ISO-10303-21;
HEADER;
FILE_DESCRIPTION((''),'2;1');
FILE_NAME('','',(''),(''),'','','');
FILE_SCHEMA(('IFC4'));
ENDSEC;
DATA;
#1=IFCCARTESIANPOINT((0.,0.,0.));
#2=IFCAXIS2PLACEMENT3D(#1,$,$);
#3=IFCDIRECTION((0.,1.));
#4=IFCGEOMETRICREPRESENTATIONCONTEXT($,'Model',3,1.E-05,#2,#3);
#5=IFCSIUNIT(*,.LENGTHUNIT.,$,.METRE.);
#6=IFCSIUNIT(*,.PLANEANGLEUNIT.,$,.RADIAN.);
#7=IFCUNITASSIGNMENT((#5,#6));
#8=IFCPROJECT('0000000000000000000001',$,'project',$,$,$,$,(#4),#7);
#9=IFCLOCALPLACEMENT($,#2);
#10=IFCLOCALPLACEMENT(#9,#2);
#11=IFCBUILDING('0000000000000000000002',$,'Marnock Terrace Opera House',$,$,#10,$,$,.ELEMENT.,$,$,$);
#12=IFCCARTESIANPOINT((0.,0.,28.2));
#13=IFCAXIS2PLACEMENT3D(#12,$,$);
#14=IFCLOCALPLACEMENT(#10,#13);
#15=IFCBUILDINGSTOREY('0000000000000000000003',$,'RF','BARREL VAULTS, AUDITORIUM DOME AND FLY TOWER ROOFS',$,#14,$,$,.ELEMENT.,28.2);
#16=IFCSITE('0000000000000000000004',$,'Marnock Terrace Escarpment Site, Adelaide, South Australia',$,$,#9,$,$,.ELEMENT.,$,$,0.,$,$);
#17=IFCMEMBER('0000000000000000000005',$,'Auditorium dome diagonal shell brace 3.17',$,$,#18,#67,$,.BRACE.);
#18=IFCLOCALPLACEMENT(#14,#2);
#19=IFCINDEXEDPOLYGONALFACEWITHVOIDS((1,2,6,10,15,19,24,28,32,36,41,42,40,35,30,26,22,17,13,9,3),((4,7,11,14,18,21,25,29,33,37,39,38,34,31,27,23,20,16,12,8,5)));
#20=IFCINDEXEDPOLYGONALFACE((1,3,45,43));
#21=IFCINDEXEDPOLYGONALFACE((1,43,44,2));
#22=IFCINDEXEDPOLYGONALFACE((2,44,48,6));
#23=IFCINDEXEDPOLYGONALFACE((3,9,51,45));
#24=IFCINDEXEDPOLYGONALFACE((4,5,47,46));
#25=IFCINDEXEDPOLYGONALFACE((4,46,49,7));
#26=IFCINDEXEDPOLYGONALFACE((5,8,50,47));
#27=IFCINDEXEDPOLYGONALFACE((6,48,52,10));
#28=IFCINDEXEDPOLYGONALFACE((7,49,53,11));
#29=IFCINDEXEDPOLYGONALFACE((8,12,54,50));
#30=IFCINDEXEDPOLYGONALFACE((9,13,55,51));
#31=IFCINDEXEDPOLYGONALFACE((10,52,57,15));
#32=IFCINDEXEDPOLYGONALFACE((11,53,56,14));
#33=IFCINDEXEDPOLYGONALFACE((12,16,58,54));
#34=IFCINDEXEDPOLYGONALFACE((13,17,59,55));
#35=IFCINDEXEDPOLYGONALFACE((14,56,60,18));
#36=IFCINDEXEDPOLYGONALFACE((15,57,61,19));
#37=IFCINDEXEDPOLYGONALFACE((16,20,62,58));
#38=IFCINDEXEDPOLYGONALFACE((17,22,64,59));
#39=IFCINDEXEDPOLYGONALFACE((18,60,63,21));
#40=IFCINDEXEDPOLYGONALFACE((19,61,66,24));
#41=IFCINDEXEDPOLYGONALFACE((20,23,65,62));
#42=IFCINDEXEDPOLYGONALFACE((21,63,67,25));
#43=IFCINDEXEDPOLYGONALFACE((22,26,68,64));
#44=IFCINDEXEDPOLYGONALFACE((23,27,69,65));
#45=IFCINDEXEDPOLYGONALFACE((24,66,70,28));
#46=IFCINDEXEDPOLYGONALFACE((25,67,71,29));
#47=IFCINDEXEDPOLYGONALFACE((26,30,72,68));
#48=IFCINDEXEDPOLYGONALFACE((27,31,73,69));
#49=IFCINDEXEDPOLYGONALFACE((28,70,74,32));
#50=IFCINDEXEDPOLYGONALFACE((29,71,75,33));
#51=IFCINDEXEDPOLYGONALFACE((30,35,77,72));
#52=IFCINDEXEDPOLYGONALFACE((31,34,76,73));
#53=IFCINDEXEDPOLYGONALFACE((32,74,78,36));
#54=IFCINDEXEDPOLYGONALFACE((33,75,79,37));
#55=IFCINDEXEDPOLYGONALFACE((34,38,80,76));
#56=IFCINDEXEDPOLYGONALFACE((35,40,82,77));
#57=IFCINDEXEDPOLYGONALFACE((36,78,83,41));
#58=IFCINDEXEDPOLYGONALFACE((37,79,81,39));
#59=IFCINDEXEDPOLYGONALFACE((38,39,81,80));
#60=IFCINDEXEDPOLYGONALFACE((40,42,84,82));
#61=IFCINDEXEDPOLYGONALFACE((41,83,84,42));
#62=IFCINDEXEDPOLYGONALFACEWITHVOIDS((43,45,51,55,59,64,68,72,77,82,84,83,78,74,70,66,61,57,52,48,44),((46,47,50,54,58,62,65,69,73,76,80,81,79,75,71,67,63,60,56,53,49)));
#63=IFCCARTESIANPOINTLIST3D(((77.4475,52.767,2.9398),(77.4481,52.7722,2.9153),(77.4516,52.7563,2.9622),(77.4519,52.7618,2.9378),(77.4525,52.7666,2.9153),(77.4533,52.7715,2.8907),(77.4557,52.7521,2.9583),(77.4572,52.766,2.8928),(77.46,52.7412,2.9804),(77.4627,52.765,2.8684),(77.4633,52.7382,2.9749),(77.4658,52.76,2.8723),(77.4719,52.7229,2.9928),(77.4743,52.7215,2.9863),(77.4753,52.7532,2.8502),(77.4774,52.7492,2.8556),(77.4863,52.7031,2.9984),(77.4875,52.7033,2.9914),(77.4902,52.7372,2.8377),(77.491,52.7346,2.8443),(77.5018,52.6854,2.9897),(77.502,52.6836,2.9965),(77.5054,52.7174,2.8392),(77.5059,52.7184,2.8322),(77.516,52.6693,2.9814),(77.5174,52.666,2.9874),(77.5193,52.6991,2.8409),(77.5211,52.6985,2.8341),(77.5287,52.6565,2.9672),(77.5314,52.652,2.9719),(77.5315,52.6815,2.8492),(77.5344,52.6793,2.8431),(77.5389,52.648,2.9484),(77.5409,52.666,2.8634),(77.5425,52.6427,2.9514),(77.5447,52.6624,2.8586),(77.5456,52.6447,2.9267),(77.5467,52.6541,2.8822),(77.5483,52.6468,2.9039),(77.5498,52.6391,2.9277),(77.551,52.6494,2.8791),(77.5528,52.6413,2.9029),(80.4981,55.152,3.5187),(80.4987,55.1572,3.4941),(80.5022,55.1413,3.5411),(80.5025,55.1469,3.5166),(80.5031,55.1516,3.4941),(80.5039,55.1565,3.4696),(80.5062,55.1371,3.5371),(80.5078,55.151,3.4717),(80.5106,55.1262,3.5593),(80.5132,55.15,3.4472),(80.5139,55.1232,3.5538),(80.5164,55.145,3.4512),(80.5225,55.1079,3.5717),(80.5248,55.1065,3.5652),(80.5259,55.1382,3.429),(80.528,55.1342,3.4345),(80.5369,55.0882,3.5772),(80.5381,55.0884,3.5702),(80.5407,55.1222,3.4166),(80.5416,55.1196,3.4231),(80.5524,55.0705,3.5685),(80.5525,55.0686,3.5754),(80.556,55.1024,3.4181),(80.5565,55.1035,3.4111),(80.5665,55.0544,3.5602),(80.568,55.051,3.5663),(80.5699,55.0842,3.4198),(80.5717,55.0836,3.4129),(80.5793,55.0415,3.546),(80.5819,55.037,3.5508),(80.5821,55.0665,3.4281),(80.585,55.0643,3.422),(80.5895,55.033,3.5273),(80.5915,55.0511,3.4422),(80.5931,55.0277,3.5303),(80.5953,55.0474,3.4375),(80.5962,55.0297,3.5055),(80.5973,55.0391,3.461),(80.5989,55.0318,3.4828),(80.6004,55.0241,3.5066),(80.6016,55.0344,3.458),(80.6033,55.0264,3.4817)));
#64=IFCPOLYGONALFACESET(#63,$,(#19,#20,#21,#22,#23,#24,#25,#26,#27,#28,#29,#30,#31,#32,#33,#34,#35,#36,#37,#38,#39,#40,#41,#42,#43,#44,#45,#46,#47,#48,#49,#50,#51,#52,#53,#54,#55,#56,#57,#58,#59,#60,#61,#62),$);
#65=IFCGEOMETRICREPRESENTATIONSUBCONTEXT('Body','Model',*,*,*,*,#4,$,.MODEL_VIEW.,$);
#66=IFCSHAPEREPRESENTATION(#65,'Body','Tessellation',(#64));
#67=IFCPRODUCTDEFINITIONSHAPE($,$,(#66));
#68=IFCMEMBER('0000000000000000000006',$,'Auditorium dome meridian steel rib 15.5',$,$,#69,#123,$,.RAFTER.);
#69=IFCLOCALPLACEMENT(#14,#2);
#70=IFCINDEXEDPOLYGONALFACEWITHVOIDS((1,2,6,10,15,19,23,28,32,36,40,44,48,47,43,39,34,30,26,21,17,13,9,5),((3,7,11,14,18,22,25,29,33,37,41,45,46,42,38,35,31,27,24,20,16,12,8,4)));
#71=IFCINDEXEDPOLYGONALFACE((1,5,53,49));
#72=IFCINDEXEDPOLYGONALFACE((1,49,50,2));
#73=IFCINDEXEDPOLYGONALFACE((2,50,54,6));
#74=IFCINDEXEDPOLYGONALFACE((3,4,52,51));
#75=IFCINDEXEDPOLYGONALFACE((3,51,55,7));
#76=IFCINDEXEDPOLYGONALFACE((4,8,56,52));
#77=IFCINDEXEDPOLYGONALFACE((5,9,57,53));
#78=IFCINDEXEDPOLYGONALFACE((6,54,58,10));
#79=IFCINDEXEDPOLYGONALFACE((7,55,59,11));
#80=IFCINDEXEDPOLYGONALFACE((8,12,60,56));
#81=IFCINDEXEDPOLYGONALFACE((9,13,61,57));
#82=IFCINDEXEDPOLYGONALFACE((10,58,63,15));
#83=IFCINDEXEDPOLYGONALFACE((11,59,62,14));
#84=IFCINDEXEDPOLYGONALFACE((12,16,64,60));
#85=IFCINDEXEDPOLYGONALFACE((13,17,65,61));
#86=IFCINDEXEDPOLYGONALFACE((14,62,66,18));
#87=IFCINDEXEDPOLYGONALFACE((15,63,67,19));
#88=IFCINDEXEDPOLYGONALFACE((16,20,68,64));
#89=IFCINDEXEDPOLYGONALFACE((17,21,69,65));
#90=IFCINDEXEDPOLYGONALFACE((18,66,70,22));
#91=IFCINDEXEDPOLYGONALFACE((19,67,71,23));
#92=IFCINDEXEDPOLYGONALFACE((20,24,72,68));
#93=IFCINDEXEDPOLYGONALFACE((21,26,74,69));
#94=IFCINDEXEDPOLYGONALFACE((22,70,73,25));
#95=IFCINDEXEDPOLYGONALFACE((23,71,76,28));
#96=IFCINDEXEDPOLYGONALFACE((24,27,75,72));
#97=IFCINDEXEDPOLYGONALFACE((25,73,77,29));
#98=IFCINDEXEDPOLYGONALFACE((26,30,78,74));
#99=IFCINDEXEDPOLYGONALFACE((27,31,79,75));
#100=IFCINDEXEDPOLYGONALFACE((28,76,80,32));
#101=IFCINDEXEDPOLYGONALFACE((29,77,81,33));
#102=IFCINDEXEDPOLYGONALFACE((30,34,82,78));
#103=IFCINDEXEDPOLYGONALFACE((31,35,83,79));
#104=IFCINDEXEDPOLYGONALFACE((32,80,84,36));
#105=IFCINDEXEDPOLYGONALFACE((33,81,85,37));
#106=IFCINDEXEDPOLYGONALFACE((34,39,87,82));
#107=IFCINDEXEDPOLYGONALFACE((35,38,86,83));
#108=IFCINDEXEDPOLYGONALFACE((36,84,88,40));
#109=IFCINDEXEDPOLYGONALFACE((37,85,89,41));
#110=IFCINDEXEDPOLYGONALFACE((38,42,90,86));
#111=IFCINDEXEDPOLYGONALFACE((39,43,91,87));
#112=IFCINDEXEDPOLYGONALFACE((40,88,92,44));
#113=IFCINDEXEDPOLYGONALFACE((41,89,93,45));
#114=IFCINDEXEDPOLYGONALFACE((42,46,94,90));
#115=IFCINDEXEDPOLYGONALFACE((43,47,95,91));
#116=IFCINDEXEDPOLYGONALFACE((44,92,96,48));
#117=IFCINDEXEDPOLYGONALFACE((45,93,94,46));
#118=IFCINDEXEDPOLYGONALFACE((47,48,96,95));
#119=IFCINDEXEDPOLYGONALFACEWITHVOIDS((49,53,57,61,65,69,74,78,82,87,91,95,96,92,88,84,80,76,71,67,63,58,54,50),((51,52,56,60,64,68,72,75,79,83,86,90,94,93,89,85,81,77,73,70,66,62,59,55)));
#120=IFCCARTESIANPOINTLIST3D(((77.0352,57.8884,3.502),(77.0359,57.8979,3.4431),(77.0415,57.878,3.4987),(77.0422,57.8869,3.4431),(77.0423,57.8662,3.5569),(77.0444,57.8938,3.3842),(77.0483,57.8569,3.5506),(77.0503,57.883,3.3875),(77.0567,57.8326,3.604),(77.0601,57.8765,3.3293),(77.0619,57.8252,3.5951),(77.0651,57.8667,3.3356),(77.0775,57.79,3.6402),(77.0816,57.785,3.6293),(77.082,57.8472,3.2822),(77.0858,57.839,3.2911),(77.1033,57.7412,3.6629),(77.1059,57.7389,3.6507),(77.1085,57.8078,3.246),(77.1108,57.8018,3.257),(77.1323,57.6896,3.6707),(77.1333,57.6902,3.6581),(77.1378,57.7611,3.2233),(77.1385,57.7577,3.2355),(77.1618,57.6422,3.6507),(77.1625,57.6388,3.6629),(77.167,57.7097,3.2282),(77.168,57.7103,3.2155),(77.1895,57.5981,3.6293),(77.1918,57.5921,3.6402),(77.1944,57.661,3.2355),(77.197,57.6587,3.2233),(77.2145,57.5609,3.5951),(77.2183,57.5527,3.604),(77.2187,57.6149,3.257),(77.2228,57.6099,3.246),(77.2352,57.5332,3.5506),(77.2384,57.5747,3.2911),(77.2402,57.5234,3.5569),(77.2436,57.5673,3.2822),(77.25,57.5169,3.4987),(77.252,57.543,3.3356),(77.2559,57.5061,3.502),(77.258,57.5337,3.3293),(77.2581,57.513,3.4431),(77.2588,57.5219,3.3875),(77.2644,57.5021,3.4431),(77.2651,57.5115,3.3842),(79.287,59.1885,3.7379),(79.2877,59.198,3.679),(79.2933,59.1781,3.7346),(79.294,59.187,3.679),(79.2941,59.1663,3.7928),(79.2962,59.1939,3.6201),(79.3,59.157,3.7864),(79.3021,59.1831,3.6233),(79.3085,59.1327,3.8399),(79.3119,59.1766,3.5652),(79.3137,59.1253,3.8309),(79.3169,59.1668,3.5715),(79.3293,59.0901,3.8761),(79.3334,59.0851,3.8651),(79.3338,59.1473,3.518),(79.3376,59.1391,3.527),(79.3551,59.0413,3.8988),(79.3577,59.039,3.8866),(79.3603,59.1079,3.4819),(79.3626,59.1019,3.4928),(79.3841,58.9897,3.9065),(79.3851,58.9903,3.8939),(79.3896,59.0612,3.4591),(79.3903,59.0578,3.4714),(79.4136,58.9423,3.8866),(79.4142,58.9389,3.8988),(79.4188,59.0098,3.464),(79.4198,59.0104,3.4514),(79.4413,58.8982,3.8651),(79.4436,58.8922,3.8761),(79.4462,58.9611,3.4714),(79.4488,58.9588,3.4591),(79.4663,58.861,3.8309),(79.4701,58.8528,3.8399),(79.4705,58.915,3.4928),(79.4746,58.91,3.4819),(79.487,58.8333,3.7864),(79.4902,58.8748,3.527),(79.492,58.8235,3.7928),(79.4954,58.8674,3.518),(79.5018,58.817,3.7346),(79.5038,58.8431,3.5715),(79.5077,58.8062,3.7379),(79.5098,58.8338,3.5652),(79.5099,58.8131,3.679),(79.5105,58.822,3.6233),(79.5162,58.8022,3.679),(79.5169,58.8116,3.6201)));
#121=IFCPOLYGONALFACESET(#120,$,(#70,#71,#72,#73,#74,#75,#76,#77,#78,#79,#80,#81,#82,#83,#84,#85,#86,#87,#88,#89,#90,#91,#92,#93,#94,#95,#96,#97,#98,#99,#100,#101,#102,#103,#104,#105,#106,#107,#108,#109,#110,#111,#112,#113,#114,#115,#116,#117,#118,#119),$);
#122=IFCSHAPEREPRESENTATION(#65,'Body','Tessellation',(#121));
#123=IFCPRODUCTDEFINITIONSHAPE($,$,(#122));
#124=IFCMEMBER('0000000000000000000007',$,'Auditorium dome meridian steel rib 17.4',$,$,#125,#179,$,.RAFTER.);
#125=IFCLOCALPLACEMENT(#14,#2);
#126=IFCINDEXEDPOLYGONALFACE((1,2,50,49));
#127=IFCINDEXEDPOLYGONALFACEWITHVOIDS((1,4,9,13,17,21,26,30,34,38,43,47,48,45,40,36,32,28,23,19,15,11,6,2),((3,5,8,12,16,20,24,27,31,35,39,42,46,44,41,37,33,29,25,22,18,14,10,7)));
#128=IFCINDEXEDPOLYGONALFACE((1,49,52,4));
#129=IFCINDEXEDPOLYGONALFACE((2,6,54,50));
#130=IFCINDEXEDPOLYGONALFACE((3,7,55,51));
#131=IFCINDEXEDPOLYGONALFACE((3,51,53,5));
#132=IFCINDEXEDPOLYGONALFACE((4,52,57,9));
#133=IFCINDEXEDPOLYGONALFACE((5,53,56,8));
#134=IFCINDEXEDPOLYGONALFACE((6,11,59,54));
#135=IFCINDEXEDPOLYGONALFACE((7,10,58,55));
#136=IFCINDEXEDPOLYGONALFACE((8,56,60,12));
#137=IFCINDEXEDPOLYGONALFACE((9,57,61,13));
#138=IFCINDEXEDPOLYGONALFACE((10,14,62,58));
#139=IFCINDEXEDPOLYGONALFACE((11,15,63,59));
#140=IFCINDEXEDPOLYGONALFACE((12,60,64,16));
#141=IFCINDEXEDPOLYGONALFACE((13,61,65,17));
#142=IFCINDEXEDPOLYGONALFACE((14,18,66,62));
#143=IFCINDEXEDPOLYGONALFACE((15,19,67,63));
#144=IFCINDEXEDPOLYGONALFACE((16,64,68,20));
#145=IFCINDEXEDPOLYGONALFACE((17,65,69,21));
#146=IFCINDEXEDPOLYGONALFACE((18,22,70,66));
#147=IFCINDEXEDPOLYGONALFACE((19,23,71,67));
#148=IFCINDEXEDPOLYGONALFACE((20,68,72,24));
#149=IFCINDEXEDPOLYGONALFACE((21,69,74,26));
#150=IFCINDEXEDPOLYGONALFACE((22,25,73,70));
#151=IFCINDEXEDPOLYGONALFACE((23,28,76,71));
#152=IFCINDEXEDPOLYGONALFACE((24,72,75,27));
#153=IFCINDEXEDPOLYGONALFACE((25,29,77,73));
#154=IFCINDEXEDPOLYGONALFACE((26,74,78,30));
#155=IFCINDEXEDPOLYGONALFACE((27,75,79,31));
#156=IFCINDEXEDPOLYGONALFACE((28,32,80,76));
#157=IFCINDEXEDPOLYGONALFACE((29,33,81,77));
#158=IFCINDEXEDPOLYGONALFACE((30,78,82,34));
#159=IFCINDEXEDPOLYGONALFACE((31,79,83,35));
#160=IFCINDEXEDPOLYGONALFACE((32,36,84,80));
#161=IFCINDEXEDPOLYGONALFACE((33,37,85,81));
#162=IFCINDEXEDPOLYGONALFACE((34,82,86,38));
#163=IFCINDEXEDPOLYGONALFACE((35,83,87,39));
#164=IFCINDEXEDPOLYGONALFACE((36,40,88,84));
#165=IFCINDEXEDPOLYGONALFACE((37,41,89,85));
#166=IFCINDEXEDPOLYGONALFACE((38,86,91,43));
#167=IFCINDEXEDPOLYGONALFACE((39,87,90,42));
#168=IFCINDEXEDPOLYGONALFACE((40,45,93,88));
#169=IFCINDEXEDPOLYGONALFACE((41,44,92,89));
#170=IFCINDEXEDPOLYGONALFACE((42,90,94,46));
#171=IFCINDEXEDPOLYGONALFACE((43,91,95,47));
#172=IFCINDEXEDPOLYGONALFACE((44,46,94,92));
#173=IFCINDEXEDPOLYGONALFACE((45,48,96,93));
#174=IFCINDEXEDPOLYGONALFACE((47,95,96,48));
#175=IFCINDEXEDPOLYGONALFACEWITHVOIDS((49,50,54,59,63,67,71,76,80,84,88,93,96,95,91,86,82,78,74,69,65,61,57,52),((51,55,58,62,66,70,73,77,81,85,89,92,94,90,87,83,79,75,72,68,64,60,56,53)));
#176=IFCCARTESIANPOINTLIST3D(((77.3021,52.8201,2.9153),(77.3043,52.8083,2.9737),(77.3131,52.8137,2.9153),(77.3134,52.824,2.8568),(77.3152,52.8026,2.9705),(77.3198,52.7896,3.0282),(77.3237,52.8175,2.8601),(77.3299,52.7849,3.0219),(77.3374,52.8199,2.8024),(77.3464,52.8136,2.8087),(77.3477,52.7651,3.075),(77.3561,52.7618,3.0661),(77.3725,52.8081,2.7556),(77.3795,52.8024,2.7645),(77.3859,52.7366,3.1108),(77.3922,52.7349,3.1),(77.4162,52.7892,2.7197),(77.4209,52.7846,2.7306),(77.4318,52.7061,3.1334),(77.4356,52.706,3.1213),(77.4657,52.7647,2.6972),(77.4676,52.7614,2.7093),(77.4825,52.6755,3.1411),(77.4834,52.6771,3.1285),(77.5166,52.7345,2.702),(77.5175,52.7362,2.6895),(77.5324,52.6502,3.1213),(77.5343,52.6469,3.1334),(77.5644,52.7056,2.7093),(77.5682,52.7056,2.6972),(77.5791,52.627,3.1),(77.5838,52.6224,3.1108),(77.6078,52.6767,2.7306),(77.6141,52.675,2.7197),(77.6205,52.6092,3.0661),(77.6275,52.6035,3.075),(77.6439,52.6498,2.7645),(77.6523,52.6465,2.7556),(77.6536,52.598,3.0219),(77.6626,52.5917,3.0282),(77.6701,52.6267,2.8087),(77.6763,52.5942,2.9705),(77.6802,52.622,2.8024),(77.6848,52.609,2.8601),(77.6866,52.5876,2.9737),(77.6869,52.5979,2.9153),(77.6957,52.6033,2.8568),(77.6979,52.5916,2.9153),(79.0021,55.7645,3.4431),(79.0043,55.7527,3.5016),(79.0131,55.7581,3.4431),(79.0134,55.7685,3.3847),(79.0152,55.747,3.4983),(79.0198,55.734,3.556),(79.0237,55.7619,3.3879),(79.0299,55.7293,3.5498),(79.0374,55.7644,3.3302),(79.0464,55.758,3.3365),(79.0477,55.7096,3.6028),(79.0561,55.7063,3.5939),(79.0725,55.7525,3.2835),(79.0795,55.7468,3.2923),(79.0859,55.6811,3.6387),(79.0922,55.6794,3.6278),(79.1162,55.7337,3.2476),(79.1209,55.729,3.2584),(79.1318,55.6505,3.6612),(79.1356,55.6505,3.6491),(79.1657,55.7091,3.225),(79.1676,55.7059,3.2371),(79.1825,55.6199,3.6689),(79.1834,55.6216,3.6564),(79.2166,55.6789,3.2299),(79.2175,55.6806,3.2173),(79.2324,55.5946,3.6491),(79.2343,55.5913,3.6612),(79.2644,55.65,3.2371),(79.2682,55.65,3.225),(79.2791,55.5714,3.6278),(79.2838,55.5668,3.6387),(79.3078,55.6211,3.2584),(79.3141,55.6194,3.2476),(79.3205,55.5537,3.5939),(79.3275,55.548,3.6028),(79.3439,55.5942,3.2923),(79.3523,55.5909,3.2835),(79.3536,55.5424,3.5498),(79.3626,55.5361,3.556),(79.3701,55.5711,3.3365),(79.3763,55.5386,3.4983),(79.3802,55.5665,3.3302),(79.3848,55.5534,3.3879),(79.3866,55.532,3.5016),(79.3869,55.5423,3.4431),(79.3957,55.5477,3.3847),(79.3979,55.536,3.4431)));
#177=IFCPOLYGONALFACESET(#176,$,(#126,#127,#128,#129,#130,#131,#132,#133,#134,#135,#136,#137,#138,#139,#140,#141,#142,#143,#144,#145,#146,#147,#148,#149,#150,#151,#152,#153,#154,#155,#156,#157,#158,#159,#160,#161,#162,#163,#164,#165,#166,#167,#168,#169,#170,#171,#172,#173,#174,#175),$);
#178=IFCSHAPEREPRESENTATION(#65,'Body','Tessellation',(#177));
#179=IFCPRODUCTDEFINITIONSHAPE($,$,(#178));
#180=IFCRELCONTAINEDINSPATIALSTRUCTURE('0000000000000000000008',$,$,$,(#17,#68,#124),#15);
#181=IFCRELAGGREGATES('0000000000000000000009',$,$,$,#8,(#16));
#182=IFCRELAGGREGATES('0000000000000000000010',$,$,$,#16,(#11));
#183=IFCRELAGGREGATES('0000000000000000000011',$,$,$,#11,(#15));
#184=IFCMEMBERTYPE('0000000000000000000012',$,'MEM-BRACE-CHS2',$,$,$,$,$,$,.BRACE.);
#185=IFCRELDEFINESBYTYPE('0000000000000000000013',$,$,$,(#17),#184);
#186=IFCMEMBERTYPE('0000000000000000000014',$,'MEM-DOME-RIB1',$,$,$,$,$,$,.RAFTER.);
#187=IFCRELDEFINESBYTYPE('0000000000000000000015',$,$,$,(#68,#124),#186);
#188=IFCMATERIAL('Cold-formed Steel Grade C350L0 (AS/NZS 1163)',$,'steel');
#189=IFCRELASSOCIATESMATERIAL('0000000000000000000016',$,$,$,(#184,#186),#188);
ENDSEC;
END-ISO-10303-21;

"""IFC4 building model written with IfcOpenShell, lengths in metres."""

from ifc_helpers import new_model, si_unit, direction, frame, origin, origin_2d, place, context, subcontext, project, spatial, hollow_circle, extrude, material, material_profile, profile_set, type_object, element, save


model = new_model("IFC4")

# Units and contexts
model_context = context("Model", 3, precision=1e-05, world=origin(), true_north=direction((0.0, 1.0)))
body_context = subcontext(model_context, "Body", "Model", "MODEL_VIEW")
ifc_project = project(units=[si_unit("LENGTHUNIT", "METRE"), si_unit("PLANEANGLEUNIT", "RADIAN")], contexts=[model_context])

# Site, building, storey
site_placement = place(None, origin())
site = spatial("IfcSite", under=ifc_project, at=site_placement, Name="Marnock Terrace Escarpment Site, Adelaide, South Australia", CompositionType="ELEMENT", RefElevation=0.0)
building_placement = place(site_placement, origin())
building = spatial("IfcBuilding", under=site, at=building_placement, Name="Marnock Terrace Opera House", CompositionType="ELEMENT")
storey_placement = place(building_placement, frame((0.0, 0.0, 28.2)))
storey = spatial("IfcBuildingStorey", under=building, at=storey_placement, Name="RF", Description="BARREL VAULTS, AUDITORIUM DOME AND FLY TOWER ROOFS", CompositionType="ELEMENT", Elevation=28.2)

# Members
ifc_material_1 = material(Name="Cold-formed Steel Grade C350L0 (AS/NZS 1163)", Category="steel")
ifc_material_profile_1 = material_profile(ifc_material_1, hollow_circle(Radius=0.0842, WallThickness=0.0071, at=origin_2d()))
ifc_profile_set_1 = profile_set([ifc_material_profile_1], Name="Cold-formed Steel Grade C350L0 (AS/NZS 1163)")
member_type_1 = type_object("IfcMemberType", Name="MEM-BRACE-CHS2", PredefinedType="BRACE", material=ifc_profile_set_1)
member_1_placement = place(storey_placement, frame((77.5, 52.7058, 2.9153), z_axis=(0.779144, 0.60916, 0.147847), x_axis=(-0.615929, 0.787802, 0.0)))
element("IfcMember", 1, at=member_1_placement, inside=storey, type_object=member_type_1, Name="Auditorium dome diagonal shell brace 3.17", PredefinedType="BRACE", context=body_context, shape_type="SweptSolid", body=[
    extrude(hollow_circle(Radius=0.0842, WallThickness=0.0071, at=origin_2d()), origin(), (0.0, 0.0, 1.0), 3.9153),
])
ifc_material_profile_2 = material_profile(ifc_material_1, hollow_circle(Radius=0.2285, WallThickness=0.0127, at=origin_2d()))
ifc_profile_set_2 = profile_set([ifc_material_profile_2], Name="Cold-formed Steel Grade C350L0 (AS/NZS 1163)")
member_type_2 = type_object("IfcMemberType", Name="MEM-DOME-RIB1", PredefinedType="RAFTER", material=ifc_profile_set_2)
member_2_placement = place(storey_placement, frame((77.1501, 57.7, 3.4431), z_axis=(0.862481, 0.497963, 0.090335), x_axis=(-0.500007, 0.866021, 0.0)))
element("IfcMember", 2, at=member_2_placement, inside=storey, type_object=member_type_2, Name="Auditorium dome meridian steel rib 15.5", PredefinedType="RAFTER", context=body_context, shape_type="SweptSolid", body=[
    extrude(hollow_circle(Radius=0.2285, WallThickness=0.0127, at=origin_2d()), origin(), (0.0, 0.0, 1.0), 2.6108),
])
member_3_placement = place(storey_placement, frame((77.5, 52.7058, 2.9153), z_axis=(0.494089, 0.855769, 0.153414), x_axis=(-0.866021, 0.500008, 0.0)))
element("IfcMember", 3, at=member_3_placement, inside=storey, type_object=member_type_2, Name="Auditorium dome meridian steel rib 17.4", PredefinedType="RAFTER", context=body_context, shape_type="SweptSolid", body=[
    extrude(hollow_circle(Radius=0.2285, WallThickness=0.0127, at=origin_2d()), origin(), (0.0, 0.0, 1.0), 3.4407),
])

save(model, "model.ifc")
